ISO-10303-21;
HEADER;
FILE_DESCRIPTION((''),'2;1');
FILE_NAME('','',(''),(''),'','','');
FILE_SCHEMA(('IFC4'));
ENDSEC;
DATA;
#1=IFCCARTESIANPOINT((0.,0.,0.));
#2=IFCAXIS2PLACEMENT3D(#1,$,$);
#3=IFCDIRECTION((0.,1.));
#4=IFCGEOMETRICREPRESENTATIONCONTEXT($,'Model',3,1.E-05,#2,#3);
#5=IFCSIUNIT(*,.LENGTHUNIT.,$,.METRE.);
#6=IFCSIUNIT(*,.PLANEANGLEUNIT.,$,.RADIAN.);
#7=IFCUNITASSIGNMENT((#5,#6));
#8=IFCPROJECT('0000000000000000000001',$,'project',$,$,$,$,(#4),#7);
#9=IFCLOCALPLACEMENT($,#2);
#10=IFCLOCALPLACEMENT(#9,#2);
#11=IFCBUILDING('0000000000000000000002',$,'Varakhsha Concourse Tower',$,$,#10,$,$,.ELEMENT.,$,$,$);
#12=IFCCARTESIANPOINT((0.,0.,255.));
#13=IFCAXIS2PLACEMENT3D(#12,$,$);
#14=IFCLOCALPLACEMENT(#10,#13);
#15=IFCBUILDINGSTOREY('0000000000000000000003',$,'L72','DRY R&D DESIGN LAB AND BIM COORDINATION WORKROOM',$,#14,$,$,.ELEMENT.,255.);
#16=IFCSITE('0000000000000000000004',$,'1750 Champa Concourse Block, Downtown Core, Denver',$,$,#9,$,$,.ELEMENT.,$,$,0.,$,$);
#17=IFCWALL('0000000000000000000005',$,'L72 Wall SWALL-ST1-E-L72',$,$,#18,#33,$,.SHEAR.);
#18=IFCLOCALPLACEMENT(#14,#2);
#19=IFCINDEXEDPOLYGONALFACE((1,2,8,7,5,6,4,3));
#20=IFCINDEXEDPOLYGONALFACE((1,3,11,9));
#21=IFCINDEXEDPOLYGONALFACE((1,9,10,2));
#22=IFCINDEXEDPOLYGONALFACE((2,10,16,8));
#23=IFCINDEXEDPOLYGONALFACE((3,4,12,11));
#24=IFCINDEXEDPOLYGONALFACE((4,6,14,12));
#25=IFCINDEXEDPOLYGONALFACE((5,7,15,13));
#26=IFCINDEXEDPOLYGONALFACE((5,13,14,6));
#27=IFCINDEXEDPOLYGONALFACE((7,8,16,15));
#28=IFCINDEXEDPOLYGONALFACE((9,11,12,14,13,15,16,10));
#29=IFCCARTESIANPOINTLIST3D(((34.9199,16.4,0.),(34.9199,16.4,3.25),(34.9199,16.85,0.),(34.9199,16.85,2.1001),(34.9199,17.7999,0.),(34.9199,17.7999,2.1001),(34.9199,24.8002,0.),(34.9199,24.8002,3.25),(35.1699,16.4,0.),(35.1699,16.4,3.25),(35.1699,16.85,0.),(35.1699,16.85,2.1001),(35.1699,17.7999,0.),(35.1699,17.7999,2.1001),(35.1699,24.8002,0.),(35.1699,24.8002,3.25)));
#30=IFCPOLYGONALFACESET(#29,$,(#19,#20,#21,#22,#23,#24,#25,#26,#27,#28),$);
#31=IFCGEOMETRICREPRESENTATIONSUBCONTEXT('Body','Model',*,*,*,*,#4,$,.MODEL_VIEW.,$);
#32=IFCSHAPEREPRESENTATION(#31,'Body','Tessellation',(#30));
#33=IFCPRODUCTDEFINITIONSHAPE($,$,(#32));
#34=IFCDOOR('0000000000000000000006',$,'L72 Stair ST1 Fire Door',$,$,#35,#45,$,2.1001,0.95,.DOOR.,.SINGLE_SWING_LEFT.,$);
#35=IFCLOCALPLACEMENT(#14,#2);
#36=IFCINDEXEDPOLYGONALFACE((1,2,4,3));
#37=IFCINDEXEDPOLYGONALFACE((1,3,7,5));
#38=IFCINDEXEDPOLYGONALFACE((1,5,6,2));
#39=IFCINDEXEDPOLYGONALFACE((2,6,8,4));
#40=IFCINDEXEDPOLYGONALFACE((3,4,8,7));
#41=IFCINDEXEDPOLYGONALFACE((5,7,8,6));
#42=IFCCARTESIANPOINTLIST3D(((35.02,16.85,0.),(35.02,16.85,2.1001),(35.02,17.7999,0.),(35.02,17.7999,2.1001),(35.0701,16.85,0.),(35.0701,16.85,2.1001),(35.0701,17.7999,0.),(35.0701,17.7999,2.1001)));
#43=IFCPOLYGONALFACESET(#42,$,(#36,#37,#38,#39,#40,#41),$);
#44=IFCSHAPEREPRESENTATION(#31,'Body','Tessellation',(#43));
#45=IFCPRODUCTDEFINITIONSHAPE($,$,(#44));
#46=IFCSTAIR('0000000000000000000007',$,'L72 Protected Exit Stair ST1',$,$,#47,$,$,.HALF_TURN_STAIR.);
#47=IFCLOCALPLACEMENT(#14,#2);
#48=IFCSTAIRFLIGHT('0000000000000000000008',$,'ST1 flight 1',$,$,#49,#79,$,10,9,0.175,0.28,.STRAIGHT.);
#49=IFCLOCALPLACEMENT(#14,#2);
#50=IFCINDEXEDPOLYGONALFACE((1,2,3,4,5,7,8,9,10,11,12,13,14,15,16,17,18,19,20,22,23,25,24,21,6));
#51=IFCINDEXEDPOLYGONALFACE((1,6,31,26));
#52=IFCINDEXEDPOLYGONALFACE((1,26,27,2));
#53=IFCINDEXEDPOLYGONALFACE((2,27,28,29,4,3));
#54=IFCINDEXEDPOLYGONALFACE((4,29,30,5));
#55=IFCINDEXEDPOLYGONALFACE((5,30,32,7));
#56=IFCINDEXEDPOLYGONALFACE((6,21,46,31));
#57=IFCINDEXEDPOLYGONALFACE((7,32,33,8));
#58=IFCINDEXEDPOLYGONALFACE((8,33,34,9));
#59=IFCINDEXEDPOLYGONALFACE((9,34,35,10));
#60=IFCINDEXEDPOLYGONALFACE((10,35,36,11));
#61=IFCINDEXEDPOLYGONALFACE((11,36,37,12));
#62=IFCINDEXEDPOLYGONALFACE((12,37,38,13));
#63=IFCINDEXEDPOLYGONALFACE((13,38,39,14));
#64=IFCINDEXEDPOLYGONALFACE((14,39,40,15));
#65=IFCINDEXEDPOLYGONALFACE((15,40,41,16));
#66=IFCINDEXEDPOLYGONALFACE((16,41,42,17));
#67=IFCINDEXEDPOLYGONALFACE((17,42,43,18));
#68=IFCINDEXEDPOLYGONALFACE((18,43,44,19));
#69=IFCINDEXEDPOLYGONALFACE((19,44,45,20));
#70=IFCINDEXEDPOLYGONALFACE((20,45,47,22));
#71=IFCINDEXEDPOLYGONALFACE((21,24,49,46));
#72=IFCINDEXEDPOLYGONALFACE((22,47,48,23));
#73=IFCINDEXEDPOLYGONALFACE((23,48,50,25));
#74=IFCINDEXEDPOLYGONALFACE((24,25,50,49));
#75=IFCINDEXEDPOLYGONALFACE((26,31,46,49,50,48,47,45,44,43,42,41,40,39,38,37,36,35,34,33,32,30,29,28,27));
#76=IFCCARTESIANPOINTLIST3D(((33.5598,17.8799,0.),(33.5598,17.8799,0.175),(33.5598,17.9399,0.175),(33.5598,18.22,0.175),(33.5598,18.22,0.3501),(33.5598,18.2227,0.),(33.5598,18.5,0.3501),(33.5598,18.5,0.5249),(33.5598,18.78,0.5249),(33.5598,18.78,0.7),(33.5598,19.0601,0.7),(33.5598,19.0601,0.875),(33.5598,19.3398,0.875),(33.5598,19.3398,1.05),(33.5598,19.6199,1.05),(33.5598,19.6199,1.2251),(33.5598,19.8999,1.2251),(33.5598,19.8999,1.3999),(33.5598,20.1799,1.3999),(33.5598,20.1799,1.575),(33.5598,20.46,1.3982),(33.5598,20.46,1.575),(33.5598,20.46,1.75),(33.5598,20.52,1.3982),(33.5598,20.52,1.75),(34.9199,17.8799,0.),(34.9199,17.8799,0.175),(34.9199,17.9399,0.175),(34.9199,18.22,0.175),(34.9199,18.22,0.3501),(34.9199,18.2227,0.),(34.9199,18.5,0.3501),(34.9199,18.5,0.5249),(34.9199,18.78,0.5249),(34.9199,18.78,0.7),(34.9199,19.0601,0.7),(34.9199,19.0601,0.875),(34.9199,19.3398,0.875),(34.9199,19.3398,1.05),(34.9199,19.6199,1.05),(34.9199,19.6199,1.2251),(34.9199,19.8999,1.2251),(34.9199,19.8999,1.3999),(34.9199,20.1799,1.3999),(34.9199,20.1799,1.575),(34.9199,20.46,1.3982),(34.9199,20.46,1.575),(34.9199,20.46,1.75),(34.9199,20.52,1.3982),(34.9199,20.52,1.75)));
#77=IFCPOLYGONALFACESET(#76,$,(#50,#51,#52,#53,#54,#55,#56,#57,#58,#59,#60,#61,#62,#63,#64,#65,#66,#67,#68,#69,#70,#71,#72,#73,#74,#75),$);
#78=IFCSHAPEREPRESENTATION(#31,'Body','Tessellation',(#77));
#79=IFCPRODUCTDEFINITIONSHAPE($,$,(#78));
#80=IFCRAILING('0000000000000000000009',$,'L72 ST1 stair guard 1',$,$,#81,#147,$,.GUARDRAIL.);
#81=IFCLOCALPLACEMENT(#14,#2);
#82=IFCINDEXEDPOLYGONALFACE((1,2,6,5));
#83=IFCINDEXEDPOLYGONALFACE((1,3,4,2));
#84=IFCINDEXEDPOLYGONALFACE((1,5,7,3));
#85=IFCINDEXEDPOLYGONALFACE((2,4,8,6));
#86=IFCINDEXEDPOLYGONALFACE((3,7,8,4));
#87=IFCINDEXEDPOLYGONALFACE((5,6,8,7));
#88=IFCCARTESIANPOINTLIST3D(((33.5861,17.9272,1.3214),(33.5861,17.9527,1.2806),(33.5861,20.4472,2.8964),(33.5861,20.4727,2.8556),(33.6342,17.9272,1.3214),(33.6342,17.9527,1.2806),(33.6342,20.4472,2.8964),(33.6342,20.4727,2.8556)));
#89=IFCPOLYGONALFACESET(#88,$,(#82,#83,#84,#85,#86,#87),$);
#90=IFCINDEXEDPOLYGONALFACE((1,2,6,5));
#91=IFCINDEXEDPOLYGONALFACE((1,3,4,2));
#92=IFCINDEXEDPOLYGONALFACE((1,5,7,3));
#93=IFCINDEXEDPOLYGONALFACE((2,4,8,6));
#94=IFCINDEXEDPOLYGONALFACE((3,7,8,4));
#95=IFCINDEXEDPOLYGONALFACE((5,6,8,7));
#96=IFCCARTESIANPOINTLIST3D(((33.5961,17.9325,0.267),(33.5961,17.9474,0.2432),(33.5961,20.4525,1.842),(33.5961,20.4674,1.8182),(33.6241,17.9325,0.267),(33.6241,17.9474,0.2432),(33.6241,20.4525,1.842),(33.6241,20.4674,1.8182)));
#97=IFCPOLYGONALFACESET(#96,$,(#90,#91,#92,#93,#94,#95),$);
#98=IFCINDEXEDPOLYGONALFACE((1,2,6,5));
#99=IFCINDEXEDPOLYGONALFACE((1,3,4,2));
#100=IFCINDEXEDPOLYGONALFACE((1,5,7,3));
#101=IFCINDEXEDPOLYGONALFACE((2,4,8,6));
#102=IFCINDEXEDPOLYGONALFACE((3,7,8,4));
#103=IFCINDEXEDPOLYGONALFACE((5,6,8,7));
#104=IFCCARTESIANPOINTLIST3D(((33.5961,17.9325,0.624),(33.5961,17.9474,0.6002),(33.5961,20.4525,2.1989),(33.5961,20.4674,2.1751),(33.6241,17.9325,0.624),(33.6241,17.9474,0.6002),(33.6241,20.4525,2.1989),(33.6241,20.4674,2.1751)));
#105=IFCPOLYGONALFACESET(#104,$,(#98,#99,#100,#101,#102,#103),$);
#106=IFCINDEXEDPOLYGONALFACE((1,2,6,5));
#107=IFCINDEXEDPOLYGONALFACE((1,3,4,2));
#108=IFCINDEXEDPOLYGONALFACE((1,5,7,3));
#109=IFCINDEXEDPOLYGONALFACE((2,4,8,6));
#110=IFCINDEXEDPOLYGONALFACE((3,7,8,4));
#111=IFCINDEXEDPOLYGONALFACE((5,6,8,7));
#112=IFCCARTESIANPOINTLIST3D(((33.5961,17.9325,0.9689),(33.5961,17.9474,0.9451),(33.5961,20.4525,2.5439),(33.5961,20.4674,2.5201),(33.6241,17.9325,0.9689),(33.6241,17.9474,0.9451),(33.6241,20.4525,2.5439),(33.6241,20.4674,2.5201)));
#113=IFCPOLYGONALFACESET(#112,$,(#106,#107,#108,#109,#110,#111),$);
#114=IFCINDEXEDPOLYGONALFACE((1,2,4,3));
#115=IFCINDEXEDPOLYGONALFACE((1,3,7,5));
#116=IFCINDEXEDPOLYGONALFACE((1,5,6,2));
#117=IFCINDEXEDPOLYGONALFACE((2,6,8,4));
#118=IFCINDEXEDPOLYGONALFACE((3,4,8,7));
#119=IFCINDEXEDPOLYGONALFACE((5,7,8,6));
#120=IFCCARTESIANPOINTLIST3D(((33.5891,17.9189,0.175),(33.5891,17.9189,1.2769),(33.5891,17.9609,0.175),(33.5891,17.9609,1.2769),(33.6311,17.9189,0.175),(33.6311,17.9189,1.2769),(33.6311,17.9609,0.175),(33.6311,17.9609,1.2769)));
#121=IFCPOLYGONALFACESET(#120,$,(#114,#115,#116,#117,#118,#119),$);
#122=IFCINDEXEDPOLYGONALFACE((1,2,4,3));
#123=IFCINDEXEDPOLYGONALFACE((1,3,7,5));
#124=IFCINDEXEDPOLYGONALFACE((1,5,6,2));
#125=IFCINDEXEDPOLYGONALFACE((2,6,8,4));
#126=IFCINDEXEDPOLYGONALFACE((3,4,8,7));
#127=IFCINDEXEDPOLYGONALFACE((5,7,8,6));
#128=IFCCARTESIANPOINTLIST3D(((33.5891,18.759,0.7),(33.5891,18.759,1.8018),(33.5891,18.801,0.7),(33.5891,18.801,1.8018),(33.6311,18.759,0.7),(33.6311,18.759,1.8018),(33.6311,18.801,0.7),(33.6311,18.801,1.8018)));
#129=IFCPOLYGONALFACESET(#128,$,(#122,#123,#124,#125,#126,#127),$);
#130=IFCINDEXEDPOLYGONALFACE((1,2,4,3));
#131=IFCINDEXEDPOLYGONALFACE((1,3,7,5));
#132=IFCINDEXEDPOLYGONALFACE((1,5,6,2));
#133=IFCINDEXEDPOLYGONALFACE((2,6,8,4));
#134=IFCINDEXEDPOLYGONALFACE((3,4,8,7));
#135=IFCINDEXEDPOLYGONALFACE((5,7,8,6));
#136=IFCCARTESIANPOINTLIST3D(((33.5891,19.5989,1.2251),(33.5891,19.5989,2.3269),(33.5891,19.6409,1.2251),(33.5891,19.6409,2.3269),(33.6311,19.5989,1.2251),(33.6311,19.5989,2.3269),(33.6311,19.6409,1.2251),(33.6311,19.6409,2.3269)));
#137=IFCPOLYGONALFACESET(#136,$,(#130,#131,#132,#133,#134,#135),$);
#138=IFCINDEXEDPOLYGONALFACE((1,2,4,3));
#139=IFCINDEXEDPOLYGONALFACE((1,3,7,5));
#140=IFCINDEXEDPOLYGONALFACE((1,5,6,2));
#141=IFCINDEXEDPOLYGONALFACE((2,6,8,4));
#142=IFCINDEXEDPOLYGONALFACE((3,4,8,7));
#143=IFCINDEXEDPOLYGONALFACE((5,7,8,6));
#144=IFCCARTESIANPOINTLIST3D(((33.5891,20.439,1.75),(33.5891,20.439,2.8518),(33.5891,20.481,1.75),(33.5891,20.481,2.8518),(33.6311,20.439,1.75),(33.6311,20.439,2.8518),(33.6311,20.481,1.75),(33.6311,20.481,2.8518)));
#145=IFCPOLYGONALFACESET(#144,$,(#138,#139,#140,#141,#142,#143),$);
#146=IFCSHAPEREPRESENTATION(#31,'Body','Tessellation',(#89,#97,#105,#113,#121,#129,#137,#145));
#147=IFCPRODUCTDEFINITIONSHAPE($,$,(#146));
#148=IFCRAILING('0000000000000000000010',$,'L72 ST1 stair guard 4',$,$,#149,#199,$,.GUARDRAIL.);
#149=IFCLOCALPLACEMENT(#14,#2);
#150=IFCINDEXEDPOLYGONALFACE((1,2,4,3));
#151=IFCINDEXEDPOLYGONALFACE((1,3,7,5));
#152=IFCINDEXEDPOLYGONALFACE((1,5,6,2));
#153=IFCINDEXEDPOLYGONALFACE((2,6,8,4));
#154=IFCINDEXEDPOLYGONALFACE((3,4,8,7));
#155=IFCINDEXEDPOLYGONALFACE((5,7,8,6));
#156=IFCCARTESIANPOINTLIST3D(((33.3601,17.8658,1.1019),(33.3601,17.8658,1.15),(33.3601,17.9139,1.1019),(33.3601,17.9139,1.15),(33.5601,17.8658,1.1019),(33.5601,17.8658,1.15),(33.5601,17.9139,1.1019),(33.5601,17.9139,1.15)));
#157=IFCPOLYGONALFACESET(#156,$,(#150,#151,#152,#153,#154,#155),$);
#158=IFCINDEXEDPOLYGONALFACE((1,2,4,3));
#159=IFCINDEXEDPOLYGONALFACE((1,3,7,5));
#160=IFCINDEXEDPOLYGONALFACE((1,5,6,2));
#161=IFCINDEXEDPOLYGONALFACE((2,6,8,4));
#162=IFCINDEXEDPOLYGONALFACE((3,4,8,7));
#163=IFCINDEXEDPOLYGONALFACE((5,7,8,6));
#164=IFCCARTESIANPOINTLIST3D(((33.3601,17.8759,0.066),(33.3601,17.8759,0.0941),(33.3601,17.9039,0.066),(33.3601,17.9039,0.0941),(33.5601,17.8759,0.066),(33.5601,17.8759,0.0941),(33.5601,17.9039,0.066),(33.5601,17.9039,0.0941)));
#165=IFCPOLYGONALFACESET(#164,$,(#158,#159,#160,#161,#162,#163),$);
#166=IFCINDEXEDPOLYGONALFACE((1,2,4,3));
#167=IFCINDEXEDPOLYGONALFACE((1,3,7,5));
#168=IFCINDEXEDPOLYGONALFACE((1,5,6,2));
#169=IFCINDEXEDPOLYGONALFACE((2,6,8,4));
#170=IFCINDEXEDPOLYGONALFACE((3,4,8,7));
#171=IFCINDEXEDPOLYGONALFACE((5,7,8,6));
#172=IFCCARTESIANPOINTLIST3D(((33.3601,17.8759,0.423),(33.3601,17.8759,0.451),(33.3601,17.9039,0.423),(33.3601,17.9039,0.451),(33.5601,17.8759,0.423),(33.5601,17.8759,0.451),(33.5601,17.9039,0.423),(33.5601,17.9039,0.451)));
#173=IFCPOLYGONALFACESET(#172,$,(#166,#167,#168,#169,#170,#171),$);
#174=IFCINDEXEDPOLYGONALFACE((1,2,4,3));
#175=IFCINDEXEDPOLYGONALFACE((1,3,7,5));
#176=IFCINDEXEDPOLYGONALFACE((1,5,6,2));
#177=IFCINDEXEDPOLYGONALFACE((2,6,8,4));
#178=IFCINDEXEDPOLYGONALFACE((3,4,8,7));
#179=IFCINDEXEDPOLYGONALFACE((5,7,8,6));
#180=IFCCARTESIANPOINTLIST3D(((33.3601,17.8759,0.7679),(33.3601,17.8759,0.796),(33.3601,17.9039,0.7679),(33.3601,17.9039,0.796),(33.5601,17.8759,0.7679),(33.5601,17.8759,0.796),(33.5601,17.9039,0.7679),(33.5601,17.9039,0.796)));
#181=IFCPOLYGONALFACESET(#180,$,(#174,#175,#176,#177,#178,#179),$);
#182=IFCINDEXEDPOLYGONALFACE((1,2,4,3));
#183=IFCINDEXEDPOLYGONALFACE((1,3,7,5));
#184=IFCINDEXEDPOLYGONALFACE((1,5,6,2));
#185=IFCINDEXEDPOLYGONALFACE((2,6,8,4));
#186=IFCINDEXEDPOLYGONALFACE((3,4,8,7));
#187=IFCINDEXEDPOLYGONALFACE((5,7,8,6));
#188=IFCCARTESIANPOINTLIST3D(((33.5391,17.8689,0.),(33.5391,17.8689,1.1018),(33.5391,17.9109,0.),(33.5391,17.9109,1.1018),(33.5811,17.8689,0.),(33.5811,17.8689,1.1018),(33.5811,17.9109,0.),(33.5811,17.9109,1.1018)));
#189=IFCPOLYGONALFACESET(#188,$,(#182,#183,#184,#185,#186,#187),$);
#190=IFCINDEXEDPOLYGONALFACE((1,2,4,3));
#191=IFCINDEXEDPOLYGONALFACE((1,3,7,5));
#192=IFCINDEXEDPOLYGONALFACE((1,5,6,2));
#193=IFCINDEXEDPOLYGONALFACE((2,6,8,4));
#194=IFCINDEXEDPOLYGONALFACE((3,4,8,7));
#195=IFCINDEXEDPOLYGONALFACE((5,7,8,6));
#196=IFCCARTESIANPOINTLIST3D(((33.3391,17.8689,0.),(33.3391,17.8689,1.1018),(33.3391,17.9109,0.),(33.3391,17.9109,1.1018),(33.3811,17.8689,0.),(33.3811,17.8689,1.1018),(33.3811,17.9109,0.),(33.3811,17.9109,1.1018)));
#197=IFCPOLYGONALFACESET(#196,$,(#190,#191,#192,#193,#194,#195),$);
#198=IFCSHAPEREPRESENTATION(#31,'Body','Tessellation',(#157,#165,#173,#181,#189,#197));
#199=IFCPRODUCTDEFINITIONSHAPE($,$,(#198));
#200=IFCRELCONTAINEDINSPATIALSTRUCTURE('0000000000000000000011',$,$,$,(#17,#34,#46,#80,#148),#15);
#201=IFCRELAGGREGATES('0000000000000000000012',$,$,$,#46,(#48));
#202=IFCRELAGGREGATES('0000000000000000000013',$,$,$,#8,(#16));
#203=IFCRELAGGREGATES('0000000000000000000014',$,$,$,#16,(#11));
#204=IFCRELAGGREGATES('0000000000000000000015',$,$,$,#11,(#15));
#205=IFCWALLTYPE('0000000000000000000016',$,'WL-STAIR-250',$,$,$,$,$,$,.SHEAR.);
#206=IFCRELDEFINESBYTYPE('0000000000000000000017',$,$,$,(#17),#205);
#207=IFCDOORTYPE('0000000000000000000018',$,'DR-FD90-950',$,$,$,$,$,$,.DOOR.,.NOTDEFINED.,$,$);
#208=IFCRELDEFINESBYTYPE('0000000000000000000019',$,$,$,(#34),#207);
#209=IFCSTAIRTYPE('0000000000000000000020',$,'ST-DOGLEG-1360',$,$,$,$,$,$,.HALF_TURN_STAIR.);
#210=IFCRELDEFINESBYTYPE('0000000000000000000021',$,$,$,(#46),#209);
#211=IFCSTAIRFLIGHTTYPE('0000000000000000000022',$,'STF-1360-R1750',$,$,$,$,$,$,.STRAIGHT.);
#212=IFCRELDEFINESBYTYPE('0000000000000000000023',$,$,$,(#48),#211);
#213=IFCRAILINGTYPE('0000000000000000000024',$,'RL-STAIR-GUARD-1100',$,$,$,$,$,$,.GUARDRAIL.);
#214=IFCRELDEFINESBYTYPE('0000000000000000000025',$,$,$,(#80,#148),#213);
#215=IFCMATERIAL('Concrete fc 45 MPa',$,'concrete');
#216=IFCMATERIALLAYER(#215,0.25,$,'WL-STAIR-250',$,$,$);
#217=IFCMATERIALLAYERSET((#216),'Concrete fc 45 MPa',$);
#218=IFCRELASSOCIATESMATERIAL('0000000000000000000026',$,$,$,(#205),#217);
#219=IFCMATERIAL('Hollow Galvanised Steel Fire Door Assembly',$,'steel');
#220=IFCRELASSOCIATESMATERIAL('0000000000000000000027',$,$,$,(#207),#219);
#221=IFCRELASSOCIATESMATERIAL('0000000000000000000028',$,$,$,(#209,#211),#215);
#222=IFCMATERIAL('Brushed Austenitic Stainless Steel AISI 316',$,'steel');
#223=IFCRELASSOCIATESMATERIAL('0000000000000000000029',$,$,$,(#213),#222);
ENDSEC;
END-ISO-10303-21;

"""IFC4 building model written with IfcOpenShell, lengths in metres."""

from ifc_helpers import new_model, si_unit, direction, frame, frame_2d, origin, origin_2d, place, context, subcontext, project, spatial, polyline, rectangle, outline, extrude, material, layer, layer_set, type_object, element, fill, aggregate, save


model = new_model("IFC4")

# Units and contexts
model_context = context("Model", 3, precision=1e-05, world=origin(), true_north=direction((0.0, 1.0)))
body_context = subcontext(model_context, "Body", "Model", "MODEL_VIEW")
ifc_project = project(units=[si_unit("LENGTHUNIT", "METRE"), si_unit("PLANEANGLEUNIT", "RADIAN")], contexts=[model_context])

# Site, building, storey
site_placement = place(None, origin())
site = spatial("IfcSite", under=ifc_project, at=site_placement, Name="1750 Champa Concourse Block, Downtown Core, Denver", CompositionType="ELEMENT", RefElevation=0.0)
building_placement = place(site_placement, origin())
building = spatial("IfcBuilding", under=site, at=building_placement, Name="Varakhsha Concourse Tower", CompositionType="ELEMENT")
storey_placement = place(building_placement, frame((0.0, 0.0, 255.0)))
storey = spatial("IfcBuildingStorey", under=building, at=storey_placement, Name="L72", Description="DRY R&D DESIGN LAB AND BIM COORDINATION WORKROOM", CompositionType="ELEMENT", Elevation=255.0)

# Shared definitions
ifc_material_1 = material(Name="Hollow Galvanised Steel Fire Door Assembly", Category="steel")

# Wall, opening, door
ifc_material_2 = material(Name="Concrete fc 45 MPa", Category="concrete")
ifc_layer_1 = layer(ifc_material_2, 0.25, Name="WL-STAIR-250")
ifc_layer_set_1 = layer_set([ifc_layer_1], Name="Concrete fc 45 MPa")
wall_type_1 = type_object("IfcWallType", Name="WL-STAIR-250", PredefinedType="SHEAR", material=ifc_layer_set_1)
wall_1_placement = place(storey_placement, frame((35.0449, 16.3999, 0.0), z_axis=(0.0, 0.0, 1.0), x_axis=(0.0, 1.0, 0.0)))
wall_1 = element("IfcWall", 1, at=wall_1_placement, inside=storey, type_object=wall_type_1, Name="L72 Wall SWALL-ST1-E-L72", PredefinedType="SHEAR", context=body_context, shape_type="SweptSolid", body=[
    extrude(rectangle(XDim=8.4001, YDim=0.25, at=frame_2d((4.2002, 0.0))), origin(), (0.0, 0.0, 1.0), 3.25),
])
opening_1_placement = place(wall_1_placement, frame((0.45, 0.0, 0.0)))
opening_1 = element("IfcOpeningElement", 2, at=opening_1_placement, cuts=wall_1, PredefinedType="OPENING", context=body_context, shape_type="SweptSolid", body=[
    extrude(rectangle(XDim=0.95, YDim=2.1001, at=frame_2d((0.4751, 1.05))), frame((0.0, 0.135, 0.0), z_axis=(0.0, -1.0, 0.0), x_axis=(1.0, 0.0, 0.0)), (0.0, 0.0, 1.0), 0.27),
])
door_type_1 = type_object("IfcDoorType", Name="DR-FD90-950", OperationType="NOTDEFINED", PredefinedType="DOOR", material=ifc_material_1)
door_1_placement = place(opening_1_placement, origin())
door_1 = element("IfcDoor", 3, at=door_1_placement, inside=storey, type_object=door_type_1, Name="L72 Stair ST1 Fire Door", OperationType="SINGLE_SWING_LEFT", OverallHeight=2.1001, OverallWidth=0.95, PredefinedType="DOOR", context=body_context, shape_type="SweptSolid", body=[
    extrude(rectangle(XDim=0.95, YDim=2.1001, at=frame_2d((0.4751, 1.05))), frame((0.0, 0.0249, 0.0), z_axis=(0.0, -1.0, 0.0), x_axis=(1.0, 0.0, 0.0)), (0.0, 0.0, 1.0), 0.05),
])
fill(opening_1, door_1)

# Stair, stair flight
stair_type = type_object("IfcStairType", Name="ST-DOGLEG-1360", PredefinedType="HALF_TURN_STAIR", material=ifc_material_2)
stair_placement = place(storey_placement, origin())
stair = element("IfcStair", 4, at=stair_placement, inside=storey, type_object=stair_type, Name="L72 Protected Exit Stair ST1", PredefinedType="HALF_TURN_STAIR")
stair_flight_type = type_object("IfcStairFlightType", Name="STF-1360-R1750", PredefinedType="STRAIGHT", material=ifc_material_2)
stair_flight_placement = place(storey_placement, frame((34.24, 17.9399, 0.0), z_axis=(0.0, 0.0, 1.0), x_axis=(0.0, 1.0, 0.0)))
stair_flight = element("IfcStairFlight", 5, at=stair_flight_placement, type_object=stair_flight_type, Name="ST1 flight 1", NumberOfRisers=10, NumberOfTreads=9, PredefinedType="STRAIGHT", RiserHeight=0.175, TreadLength=0.28, context=body_context, shape_type="SweptSolid", body=[
    extrude(outline(polyline([(-0.0601, 0.0), (-0.0601, 0.175), (0.0, 0.175), (0.28, 0.175), (0.28, 0.3501), (0.5601, 0.3501), (0.5601, 0.5249), (0.8401, 0.5249), (0.8401, 0.7), (1.1201, 0.7), (1.1201, 0.875), (1.3999, 0.875), (1.3999, 1.05), (1.6799, 1.05), (1.6799, 1.2251), (1.96, 1.2251), (1.96, 1.3999), (2.24, 1.3999), (2.24, 1.575), (2.52, 1.575), (2.52, 1.75), (2.5801, 1.75), (2.5801, 1.3982), (2.52, 1.3982), (0.2827, 0.0), (-0.0601, 0.0)])), frame((0.0, 0.6802, 0.0), z_axis=(0.0, -1.0, 0.0), x_axis=(1.0, 0.0, 0.0)), (0.0, 0.0, 1.0), 1.3601),
])
aggregate(stair, [stair_flight])

# Railings
ifc_material_3 = material(Name="Brushed Austenitic Stainless Steel AISI 316", Category="steel")
railing_type_1 = type_object("IfcRailingType", Name="RL-STAIR-GUARD-1100", PredefinedType="GUARDRAIL", material=ifc_material_3)
railing_1_placement = place(storey_placement, frame((33.6101, 17.9399, 0.175)))
element("IfcRailing", 6, at=railing_1_placement, inside=storey, type_object=railing_type_1, Name="L72 ST1 stair guard 1", PredefinedType="GUARDRAIL", context=body_context, shape_type="SweptSolid", body=[
    extrude(rectangle(XDim=0.0481, YDim=0.0481, at=origin_2d()), frame((0.0, 0.0, 1.126), z_axis=(0.0, 0.848008, 0.529984), x_axis=(-1.0, 0.0, 0.0)), (0.0, 0.0, 1.0), 2.9717),
    extrude(rectangle(XDim=0.0281, YDim=0.0281, at=origin_2d()), frame((0.0, 0.0, 0.0801), z_axis=(0.0, 0.848008, 0.529984), x_axis=(-1.0, 0.0, 0.0)), (0.0, 0.0, 1.0), 2.9717),
    extrude(rectangle(XDim=0.0281, YDim=0.0281, at=origin_2d()), frame((0.0, 0.0, 0.437), z_axis=(0.0, 0.848008, 0.529984), x_axis=(-1.0, 0.0, 0.0)), (0.0, 0.0, 1.0), 2.9717),
    extrude(rectangle(XDim=0.0281, YDim=0.0281, at=origin_2d()), frame((0.0, 0.0, 0.782), z_axis=(0.0, 0.848008, 0.529984), x_axis=(-1.0, 0.0, 0.0)), (0.0, 0.0, 1.0), 2.9717),
    extrude(rectangle(XDim=0.042, YDim=0.042, at=origin_2d()), origin(), (0.0, 0.0, 1.0), 1.1018),
    extrude(rectangle(XDim=0.042, YDim=0.042, at=origin_2d()), frame((0.0, 0.8401, 0.5249)), (0.0, 0.0, 1.0), 1.1018),
    extrude(rectangle(XDim=0.042, YDim=0.042, at=origin_2d()), frame((0.0, 1.6799, 1.05)), (0.0, 0.0, 1.0), 1.1018),
    extrude(rectangle(XDim=0.042, YDim=0.042, at=origin_2d()), frame((0.0, 2.52, 1.575)), (0.0, 0.0, 1.0), 1.1018),
])
railing_2_placement = place(storey_placement, frame((33.5601, 17.8899, 0.0)))
element("IfcRailing", 7, at=railing_2_placement, inside=storey, type_object=railing_type_1, Name="L72 ST1 stair guard 4", PredefinedType="GUARDRAIL", context=body_context, shape_type="SweptSolid", body=[
    extrude(rectangle(XDim=0.0481, YDim=0.0481, at=origin_2d()), frame((0.0, 0.0, 1.126), z_axis=(-1.0, 0.0, 0.0), x_axis=(0.0, -1.0, 0.0)), (0.0, 0.0, 1.0), 0.2),
    extrude(rectangle(XDim=0.0281, YDim=0.0281, at=origin_2d()), frame((0.0, 0.0, 0.0801), z_axis=(-1.0, 0.0, 0.0), x_axis=(0.0, -1.0, 0.0)), (0.0, 0.0, 1.0), 0.2),
    extrude(rectangle(XDim=0.0281, YDim=0.0281, at=origin_2d()), frame((0.0, 0.0, 0.437), z_axis=(-1.0, 0.0, 0.0), x_axis=(0.0, -1.0, 0.0)), (0.0, 0.0, 1.0), 0.2),
    extrude(rectangle(XDim=0.0281, YDim=0.0281, at=origin_2d()), frame((0.0, 0.0, 0.782), z_axis=(-1.0, 0.0, 0.0), x_axis=(0.0, -1.0, 0.0)), (0.0, 0.0, 1.0), 0.2),
    extrude(rectangle(XDim=0.042, YDim=0.042, at=origin_2d()), origin(), (0.0, 0.0, 1.0), 1.1018),
    extrude(rectangle(XDim=0.042, YDim=0.042, at=origin_2d()), frame((-0.2, 0.0, 0.0)), (0.0, 0.0, 1.0), 1.1018),
])

save(model, "model.ifc")
